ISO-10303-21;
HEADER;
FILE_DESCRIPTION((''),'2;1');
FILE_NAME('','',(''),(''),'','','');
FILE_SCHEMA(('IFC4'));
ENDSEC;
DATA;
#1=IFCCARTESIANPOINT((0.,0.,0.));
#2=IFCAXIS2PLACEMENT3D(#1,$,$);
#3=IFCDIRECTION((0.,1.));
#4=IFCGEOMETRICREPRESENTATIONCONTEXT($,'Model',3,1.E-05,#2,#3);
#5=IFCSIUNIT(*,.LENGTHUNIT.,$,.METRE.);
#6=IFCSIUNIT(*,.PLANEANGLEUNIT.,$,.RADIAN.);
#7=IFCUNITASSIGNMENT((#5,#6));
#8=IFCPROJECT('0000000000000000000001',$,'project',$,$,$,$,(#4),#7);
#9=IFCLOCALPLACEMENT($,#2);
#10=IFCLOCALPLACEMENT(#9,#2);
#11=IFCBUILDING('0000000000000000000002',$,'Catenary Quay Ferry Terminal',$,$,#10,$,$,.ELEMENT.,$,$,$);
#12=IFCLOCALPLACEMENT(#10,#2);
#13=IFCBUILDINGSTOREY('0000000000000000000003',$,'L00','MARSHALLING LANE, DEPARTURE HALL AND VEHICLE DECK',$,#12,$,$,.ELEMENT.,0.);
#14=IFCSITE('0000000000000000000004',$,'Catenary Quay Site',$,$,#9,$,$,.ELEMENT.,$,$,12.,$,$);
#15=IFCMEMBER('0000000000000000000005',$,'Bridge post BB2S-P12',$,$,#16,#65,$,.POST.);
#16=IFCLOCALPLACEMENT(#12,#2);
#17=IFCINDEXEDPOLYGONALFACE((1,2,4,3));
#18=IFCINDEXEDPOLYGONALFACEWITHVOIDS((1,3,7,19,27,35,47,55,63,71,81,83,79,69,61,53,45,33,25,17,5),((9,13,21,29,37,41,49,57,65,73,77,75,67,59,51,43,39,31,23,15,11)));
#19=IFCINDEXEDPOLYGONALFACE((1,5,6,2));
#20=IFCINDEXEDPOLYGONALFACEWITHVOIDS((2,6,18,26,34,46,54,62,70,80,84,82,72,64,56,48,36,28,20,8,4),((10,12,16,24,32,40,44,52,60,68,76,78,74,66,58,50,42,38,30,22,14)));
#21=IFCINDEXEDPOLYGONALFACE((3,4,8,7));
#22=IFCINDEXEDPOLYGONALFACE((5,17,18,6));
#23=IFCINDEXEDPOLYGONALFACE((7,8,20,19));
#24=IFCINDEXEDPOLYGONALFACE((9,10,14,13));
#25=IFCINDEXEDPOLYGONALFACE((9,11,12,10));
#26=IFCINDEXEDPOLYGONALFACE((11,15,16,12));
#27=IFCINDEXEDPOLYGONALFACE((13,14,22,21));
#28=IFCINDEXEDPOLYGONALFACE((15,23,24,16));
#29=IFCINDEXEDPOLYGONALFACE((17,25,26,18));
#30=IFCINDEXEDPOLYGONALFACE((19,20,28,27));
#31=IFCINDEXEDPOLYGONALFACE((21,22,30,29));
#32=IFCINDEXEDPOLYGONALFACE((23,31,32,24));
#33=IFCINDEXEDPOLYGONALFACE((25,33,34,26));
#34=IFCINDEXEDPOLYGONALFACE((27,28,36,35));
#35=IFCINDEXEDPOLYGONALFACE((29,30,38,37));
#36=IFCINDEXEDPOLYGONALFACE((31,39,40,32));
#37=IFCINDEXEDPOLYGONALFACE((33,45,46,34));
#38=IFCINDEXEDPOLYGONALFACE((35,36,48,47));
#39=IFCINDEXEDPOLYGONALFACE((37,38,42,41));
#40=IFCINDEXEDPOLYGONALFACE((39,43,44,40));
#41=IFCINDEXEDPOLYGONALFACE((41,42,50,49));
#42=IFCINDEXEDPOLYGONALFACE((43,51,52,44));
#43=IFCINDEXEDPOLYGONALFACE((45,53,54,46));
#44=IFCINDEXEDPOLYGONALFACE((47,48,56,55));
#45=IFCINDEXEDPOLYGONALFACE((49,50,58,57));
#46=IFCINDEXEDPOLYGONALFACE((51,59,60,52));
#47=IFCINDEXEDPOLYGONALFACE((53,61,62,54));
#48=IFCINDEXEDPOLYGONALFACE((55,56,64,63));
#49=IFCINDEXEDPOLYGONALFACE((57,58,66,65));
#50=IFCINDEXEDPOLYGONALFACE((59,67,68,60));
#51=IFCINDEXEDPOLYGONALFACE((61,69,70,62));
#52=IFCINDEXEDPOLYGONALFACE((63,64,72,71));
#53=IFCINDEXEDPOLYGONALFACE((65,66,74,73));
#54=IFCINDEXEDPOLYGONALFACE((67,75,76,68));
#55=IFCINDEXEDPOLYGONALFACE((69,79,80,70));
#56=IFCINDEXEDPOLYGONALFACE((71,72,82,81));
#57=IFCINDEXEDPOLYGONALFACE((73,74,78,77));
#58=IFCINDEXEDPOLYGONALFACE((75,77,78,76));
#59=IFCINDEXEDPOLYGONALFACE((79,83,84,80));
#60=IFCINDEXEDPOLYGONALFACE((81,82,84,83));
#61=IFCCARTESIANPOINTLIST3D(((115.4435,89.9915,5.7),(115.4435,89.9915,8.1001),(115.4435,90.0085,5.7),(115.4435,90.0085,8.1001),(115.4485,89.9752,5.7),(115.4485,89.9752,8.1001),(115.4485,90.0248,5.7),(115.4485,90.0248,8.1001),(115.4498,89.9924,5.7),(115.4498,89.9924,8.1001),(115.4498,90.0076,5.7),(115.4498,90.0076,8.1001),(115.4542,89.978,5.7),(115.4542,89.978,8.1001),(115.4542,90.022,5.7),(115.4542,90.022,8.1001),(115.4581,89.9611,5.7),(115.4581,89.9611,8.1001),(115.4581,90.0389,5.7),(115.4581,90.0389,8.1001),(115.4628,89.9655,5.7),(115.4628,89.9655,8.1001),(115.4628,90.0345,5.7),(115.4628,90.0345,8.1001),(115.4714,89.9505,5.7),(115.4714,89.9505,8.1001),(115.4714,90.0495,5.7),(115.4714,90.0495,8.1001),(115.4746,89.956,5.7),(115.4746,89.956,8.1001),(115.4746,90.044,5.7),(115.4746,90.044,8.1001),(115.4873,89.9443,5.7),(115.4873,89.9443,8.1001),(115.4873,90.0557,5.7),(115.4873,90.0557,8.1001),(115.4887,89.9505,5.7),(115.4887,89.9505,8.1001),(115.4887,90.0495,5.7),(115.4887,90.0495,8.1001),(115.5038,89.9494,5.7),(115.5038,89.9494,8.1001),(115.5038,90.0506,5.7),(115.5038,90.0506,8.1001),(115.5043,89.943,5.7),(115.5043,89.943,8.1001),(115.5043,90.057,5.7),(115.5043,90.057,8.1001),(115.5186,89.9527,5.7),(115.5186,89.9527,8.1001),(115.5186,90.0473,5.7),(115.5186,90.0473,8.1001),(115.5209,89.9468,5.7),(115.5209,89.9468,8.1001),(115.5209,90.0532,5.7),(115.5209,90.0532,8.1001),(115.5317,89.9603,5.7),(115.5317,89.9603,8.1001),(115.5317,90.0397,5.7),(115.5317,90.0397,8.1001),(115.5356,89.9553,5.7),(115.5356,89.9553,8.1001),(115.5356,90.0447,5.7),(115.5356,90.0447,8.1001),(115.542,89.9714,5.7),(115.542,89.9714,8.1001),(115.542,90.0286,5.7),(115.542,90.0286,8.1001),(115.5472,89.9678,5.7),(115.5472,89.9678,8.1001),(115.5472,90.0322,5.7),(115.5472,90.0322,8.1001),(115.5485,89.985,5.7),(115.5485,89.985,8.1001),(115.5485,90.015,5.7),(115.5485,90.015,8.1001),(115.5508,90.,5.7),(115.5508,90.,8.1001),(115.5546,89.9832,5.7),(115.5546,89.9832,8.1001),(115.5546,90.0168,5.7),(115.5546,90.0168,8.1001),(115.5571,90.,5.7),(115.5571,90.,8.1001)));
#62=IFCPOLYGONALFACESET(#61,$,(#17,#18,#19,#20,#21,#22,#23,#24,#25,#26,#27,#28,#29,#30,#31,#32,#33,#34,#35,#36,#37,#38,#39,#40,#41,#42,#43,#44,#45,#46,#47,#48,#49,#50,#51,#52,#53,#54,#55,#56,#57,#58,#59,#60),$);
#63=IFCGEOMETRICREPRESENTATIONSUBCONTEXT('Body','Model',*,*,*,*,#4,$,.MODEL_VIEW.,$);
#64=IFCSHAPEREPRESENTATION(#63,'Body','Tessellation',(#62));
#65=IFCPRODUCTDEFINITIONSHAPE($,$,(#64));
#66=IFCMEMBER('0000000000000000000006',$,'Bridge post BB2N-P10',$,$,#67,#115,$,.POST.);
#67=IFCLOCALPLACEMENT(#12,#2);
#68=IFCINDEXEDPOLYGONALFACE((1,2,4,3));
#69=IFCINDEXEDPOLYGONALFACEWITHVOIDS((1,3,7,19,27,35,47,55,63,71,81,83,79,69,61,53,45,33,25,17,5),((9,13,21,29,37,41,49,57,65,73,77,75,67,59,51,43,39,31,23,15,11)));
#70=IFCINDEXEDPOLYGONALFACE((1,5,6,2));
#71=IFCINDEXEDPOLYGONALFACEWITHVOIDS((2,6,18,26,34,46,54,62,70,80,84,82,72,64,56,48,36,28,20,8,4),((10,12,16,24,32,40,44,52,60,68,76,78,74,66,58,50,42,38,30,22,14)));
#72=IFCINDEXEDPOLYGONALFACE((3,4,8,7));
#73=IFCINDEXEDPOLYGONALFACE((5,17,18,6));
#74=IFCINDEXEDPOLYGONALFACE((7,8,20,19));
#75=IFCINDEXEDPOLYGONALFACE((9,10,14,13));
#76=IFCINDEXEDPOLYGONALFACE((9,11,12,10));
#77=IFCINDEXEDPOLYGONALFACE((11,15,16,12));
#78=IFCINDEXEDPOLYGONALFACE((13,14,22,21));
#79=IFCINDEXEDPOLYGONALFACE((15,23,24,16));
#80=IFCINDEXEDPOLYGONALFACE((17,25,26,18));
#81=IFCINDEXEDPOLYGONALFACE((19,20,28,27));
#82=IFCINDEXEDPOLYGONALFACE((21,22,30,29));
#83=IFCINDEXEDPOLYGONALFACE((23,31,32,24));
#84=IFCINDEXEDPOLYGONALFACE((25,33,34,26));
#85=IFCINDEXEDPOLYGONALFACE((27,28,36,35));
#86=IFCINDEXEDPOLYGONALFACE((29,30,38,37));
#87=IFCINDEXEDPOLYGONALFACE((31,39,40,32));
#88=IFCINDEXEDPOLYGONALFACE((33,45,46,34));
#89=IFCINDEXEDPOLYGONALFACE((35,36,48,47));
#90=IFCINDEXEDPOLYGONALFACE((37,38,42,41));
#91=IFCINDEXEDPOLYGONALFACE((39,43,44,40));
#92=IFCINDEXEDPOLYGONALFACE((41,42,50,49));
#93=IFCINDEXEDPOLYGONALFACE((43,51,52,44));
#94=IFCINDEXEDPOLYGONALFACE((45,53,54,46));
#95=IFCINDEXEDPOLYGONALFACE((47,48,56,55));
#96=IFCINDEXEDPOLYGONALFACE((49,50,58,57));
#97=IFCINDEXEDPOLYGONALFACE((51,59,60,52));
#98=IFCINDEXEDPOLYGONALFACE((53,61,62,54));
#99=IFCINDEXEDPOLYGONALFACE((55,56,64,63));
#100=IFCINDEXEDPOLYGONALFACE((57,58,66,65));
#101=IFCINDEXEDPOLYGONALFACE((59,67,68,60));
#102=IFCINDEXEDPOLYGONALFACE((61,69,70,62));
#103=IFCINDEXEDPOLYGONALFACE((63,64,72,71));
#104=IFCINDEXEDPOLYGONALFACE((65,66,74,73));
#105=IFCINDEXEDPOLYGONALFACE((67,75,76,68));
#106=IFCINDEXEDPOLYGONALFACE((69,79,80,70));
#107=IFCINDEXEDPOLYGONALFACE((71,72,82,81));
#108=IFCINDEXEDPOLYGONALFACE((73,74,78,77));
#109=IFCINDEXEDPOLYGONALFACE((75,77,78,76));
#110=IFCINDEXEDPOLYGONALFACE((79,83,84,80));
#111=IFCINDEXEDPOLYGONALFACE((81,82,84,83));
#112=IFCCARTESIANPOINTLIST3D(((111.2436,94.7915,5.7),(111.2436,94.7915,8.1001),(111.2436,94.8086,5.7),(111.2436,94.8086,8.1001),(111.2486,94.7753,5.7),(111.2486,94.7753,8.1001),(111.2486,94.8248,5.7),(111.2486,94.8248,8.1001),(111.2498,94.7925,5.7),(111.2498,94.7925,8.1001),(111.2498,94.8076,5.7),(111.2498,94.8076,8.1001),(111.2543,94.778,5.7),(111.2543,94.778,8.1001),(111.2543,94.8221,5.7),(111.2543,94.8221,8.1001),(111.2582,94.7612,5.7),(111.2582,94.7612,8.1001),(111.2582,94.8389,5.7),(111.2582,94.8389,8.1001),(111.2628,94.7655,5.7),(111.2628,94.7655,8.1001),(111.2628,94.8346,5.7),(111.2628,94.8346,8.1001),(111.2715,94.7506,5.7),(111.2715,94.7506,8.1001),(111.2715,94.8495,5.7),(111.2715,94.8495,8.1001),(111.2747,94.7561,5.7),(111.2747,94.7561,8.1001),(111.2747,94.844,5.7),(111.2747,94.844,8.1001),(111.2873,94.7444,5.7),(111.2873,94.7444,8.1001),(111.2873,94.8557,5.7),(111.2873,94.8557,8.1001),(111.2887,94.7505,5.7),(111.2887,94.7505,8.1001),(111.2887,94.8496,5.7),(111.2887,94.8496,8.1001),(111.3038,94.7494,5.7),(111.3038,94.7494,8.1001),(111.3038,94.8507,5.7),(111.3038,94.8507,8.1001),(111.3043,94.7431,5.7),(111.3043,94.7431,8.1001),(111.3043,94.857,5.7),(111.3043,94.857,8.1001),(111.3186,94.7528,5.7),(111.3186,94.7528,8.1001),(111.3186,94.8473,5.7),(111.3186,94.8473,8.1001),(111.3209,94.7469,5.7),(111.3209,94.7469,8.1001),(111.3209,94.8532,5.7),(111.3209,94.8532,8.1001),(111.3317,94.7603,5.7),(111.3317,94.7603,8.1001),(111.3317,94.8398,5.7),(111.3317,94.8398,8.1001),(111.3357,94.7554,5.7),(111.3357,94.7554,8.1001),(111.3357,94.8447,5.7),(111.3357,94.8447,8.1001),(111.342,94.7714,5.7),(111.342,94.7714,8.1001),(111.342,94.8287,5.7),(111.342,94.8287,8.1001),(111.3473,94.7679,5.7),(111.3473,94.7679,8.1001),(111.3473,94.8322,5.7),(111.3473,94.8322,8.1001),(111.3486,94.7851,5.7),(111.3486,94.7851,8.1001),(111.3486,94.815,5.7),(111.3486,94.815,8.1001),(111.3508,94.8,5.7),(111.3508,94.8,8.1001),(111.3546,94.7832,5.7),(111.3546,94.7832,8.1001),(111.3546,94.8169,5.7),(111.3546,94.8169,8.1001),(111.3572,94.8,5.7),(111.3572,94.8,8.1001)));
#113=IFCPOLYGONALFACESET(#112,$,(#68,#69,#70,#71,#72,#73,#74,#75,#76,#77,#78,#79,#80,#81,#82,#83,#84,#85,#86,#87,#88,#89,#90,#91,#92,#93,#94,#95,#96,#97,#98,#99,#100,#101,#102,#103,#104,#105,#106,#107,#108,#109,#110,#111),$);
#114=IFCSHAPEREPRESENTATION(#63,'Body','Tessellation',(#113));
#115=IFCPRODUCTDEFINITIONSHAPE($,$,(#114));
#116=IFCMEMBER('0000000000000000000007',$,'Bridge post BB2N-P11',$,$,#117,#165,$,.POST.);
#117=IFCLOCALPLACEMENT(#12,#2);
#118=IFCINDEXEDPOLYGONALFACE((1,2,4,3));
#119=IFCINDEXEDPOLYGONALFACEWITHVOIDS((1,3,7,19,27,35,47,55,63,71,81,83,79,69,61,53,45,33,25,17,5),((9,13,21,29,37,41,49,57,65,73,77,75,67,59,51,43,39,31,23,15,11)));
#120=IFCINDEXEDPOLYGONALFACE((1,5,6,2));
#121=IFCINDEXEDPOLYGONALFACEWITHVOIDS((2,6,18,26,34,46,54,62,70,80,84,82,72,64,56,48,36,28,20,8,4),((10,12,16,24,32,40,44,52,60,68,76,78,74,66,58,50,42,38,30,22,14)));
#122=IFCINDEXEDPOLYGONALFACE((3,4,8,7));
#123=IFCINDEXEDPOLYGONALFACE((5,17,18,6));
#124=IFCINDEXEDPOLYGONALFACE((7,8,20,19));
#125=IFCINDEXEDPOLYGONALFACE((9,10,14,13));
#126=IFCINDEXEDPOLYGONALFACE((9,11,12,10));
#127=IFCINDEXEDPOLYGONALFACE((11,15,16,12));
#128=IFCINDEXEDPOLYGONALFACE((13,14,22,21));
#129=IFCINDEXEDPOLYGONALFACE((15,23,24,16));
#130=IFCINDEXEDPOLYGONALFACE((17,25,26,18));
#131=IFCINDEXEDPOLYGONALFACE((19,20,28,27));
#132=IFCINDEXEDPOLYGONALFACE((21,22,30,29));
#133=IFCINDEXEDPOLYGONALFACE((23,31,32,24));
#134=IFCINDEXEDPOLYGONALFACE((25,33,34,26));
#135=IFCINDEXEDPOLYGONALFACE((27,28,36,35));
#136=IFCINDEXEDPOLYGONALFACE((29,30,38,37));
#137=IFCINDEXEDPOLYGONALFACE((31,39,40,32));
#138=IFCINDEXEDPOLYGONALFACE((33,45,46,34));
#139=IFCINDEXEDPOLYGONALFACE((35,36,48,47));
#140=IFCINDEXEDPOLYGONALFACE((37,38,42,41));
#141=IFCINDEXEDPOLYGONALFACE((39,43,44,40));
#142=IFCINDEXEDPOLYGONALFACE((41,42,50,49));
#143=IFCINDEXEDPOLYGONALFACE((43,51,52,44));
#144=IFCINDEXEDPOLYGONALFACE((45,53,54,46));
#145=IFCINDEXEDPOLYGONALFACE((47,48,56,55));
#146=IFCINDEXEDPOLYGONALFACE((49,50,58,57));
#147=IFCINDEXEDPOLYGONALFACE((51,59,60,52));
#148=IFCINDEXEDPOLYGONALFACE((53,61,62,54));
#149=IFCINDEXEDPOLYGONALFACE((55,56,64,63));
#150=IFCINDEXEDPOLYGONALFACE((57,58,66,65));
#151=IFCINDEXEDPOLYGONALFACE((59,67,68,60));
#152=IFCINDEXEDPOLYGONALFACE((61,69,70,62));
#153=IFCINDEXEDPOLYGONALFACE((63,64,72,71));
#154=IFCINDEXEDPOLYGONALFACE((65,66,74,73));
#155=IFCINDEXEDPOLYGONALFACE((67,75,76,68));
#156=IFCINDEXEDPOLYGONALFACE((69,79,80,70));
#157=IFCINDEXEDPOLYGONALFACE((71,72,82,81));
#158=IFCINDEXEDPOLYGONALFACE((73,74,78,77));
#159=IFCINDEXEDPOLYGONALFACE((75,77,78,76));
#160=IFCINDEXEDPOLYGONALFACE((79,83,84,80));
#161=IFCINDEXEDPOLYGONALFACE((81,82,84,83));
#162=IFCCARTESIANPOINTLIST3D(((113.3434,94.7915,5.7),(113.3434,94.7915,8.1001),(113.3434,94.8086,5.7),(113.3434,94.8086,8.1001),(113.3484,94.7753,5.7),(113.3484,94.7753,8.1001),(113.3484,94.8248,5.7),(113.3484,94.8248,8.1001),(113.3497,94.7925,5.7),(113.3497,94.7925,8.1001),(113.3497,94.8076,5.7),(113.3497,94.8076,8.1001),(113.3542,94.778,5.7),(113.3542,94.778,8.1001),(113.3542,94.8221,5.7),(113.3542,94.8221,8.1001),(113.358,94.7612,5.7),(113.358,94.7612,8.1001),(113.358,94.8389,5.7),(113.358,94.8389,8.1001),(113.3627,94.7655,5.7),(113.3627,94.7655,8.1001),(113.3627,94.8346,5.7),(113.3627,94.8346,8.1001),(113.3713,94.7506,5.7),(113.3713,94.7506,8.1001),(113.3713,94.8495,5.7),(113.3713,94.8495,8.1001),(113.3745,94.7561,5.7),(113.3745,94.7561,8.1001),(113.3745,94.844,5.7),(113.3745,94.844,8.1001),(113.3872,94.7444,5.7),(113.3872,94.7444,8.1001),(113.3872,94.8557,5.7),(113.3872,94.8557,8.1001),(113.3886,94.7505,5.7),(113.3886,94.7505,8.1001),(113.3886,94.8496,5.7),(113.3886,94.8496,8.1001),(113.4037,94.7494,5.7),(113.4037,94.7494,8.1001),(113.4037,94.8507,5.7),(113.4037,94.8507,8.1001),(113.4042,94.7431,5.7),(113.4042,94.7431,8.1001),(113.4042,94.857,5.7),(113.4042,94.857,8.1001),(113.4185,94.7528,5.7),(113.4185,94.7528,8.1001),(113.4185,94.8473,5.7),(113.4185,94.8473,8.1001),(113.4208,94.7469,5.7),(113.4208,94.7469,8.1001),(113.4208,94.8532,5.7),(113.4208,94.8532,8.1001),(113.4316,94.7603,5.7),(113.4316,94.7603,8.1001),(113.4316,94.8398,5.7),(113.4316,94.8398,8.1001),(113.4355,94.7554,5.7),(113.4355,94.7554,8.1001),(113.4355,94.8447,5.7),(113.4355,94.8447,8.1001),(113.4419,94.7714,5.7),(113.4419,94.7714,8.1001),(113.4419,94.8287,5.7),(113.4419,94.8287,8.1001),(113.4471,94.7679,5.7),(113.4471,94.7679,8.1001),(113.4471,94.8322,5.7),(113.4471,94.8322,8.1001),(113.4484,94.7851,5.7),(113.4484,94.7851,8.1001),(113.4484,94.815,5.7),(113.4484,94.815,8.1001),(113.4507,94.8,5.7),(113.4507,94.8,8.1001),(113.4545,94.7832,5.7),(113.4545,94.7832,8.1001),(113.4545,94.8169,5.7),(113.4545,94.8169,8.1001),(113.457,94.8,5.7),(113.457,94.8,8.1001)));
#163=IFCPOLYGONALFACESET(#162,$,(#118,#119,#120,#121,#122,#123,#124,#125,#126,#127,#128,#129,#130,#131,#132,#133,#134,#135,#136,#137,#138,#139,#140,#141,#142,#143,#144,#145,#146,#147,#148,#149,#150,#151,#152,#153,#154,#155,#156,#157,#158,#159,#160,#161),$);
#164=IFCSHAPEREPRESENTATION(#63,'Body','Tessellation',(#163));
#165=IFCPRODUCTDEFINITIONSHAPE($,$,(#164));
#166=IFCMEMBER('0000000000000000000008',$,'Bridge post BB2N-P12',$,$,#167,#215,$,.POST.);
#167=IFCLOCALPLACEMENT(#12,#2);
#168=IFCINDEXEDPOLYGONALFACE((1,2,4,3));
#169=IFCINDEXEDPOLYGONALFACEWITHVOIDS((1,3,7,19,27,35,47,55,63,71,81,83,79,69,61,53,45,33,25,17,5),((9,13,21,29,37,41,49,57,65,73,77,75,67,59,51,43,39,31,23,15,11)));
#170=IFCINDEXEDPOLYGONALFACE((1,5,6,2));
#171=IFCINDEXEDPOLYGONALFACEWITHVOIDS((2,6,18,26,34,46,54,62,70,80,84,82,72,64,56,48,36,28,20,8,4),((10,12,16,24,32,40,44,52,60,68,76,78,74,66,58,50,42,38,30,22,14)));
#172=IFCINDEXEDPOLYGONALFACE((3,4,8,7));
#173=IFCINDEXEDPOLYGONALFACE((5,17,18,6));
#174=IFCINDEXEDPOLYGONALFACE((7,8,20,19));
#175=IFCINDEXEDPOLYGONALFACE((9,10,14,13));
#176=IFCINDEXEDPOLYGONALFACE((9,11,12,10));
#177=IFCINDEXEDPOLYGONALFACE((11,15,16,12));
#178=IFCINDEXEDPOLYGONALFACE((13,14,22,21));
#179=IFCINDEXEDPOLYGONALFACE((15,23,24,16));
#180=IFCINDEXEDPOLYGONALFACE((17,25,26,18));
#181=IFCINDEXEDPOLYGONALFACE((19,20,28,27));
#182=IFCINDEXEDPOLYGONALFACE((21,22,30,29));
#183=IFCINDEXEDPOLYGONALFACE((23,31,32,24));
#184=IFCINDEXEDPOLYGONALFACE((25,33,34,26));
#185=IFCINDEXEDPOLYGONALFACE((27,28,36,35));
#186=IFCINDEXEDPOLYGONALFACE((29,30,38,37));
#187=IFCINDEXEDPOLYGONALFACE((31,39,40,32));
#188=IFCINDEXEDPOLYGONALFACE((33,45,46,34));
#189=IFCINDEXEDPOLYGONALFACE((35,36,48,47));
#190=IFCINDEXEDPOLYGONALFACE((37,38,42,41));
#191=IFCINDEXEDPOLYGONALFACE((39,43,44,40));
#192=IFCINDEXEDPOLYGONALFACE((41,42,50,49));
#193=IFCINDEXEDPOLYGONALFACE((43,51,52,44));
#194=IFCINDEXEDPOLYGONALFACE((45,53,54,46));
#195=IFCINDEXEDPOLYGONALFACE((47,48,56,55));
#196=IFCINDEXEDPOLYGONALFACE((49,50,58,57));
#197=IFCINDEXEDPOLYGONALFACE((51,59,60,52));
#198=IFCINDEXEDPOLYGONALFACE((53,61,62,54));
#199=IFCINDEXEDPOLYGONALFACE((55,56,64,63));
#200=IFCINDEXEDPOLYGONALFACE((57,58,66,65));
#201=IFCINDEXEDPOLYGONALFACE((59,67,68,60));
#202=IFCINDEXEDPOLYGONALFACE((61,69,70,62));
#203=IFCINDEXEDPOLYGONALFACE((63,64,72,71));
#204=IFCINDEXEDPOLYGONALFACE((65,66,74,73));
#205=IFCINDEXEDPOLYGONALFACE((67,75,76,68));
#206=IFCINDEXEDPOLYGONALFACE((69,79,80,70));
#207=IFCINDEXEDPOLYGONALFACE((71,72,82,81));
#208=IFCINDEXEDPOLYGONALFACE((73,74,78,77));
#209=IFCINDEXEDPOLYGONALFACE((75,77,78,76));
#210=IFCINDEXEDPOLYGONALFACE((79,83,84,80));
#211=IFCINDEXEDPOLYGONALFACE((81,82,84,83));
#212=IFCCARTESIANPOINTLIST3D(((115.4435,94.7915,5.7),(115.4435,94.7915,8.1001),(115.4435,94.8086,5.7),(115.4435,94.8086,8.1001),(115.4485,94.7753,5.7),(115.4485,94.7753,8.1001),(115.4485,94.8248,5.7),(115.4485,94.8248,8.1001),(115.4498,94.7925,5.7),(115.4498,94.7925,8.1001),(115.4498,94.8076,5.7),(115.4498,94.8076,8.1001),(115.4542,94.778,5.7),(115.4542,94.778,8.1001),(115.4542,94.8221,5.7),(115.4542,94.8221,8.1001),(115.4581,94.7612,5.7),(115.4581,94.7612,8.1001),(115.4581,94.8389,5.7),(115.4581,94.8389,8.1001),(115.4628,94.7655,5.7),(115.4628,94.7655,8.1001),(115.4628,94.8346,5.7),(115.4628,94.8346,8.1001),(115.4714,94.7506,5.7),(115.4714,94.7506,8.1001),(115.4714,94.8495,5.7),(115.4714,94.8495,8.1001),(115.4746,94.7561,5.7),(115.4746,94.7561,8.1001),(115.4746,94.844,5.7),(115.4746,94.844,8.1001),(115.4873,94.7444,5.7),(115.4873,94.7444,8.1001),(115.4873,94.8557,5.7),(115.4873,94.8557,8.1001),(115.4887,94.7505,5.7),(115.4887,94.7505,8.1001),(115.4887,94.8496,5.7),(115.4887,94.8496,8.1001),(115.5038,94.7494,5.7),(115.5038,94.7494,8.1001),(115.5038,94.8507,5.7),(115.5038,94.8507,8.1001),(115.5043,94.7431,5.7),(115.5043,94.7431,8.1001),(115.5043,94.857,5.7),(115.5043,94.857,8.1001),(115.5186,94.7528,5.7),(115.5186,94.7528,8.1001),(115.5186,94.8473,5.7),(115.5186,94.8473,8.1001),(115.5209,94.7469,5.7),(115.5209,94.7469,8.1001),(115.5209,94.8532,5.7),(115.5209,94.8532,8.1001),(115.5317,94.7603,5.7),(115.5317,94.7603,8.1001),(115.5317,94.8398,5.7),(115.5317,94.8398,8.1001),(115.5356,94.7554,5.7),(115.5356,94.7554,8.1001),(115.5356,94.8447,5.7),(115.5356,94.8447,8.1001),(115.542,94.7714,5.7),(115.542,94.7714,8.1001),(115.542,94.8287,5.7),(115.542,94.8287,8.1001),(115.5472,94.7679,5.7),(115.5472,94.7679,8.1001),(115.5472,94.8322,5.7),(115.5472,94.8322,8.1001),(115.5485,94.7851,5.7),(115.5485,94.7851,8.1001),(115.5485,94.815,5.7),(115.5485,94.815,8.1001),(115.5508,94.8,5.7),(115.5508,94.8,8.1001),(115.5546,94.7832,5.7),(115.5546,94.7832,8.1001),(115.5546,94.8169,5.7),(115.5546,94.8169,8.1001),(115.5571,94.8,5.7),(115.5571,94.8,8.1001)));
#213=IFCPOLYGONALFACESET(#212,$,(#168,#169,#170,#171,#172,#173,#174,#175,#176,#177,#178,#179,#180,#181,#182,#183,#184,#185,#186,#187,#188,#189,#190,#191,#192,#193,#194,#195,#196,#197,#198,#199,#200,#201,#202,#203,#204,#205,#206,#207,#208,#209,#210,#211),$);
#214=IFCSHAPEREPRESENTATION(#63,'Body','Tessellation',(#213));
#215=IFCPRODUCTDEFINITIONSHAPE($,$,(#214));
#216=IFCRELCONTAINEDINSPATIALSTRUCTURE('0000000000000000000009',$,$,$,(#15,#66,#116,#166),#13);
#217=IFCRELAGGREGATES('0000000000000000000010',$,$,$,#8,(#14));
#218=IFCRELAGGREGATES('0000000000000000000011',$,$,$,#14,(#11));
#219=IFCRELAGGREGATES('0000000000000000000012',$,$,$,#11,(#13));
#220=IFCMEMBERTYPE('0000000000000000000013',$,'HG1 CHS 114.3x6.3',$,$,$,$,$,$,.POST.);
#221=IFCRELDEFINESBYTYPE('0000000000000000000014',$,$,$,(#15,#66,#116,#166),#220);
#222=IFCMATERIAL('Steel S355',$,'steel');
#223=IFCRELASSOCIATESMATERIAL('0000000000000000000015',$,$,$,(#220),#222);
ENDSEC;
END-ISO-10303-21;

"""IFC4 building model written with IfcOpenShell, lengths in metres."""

from ifc_helpers import new_model, si_unit, direction, frame, origin, origin_2d, place, context, subcontext, project, spatial, hollow_circle, extrude, material, material_profile, profile_set, type_object, element, save


model = new_model("IFC4")

# Units and contexts
model_context = context("Model", 3, precision=1e-05, world=origin(), true_north=direction((0.0, 1.0)))
body_context = subcontext(model_context, "Body", "Model", "MODEL_VIEW")
ifc_project = project(units=[si_unit("LENGTHUNIT", "METRE"), si_unit("PLANEANGLEUNIT", "RADIAN")], contexts=[model_context])

# Site, building, storey
site_placement = place(None, origin())
site = spatial("IfcSite", under=ifc_project, at=site_placement, Name="Catenary Quay Site", CompositionType="ELEMENT", RefElevation=12.0)
building_placement = place(site_placement, origin())
building = spatial("IfcBuilding", under=site, at=building_placement, Name="Catenary Quay Ferry Terminal", CompositionType="ELEMENT")
storey_placement = place(building_placement, origin())
storey = spatial("IfcBuildingStorey", under=building, at=storey_placement, Name="L00", Description="MARSHALLING LANE, DEPARTURE HALL AND VEHICLE DECK", CompositionType="ELEMENT", Elevation=0.0)

# Members
ifc_material_1 = material(Name="Steel S355", Category="steel")
ifc_material_profile_1 = material_profile(ifc_material_1, hollow_circle(Radius=0.0571, WallThickness=0.0063, at=origin_2d()), Name="CHS 114.3x6.3")
ifc_profile_set_1 = profile_set([ifc_material_profile_1], Name="Steel S355")
member_type_1 = type_object("IfcMemberType", Name="HG1 CHS 114.3x6.3", PredefinedType="POST", material=ifc_profile_set_1)
for number, where, z_axis, x_axis, name in (
    (1, (115.5, 90.0, 5.7), (0.0, 0.0, 1.0), (1.0, 0.0, 0.0), "Bridge post BB2S-P12"),
    (2, (111.3, 94.8, 5.7), (0.0, 0.0, 1.0), (1.0, 0.0, 0.0), "Bridge post BB2N-P10"),
    (3, (113.3999, 94.8, 5.7), (0.0, 0.0, 1.0), (1.0, 0.0, 0.0), "Bridge post BB2N-P11"),
    (4, (115.5, 94.8, 5.7), (0.0, 0.0, 1.0), (1.0, 0.0, 0.0), "Bridge post BB2N-P12"),
):
    element("IfcMember", number, at=place(storey_placement, frame(where, z_axis=z_axis, x_axis=x_axis)), inside=storey, type_object=member_type_1, Name=name, PredefinedType="POST", context=body_context, shape_type="SweptSolid", body=[
        extrude(hollow_circle(Radius=0.0571, WallThickness=0.0063, at=origin_2d()), origin(), (0.0, 0.0, 1.0), 2.4001),
    ])

save(model, "model.ifc")
